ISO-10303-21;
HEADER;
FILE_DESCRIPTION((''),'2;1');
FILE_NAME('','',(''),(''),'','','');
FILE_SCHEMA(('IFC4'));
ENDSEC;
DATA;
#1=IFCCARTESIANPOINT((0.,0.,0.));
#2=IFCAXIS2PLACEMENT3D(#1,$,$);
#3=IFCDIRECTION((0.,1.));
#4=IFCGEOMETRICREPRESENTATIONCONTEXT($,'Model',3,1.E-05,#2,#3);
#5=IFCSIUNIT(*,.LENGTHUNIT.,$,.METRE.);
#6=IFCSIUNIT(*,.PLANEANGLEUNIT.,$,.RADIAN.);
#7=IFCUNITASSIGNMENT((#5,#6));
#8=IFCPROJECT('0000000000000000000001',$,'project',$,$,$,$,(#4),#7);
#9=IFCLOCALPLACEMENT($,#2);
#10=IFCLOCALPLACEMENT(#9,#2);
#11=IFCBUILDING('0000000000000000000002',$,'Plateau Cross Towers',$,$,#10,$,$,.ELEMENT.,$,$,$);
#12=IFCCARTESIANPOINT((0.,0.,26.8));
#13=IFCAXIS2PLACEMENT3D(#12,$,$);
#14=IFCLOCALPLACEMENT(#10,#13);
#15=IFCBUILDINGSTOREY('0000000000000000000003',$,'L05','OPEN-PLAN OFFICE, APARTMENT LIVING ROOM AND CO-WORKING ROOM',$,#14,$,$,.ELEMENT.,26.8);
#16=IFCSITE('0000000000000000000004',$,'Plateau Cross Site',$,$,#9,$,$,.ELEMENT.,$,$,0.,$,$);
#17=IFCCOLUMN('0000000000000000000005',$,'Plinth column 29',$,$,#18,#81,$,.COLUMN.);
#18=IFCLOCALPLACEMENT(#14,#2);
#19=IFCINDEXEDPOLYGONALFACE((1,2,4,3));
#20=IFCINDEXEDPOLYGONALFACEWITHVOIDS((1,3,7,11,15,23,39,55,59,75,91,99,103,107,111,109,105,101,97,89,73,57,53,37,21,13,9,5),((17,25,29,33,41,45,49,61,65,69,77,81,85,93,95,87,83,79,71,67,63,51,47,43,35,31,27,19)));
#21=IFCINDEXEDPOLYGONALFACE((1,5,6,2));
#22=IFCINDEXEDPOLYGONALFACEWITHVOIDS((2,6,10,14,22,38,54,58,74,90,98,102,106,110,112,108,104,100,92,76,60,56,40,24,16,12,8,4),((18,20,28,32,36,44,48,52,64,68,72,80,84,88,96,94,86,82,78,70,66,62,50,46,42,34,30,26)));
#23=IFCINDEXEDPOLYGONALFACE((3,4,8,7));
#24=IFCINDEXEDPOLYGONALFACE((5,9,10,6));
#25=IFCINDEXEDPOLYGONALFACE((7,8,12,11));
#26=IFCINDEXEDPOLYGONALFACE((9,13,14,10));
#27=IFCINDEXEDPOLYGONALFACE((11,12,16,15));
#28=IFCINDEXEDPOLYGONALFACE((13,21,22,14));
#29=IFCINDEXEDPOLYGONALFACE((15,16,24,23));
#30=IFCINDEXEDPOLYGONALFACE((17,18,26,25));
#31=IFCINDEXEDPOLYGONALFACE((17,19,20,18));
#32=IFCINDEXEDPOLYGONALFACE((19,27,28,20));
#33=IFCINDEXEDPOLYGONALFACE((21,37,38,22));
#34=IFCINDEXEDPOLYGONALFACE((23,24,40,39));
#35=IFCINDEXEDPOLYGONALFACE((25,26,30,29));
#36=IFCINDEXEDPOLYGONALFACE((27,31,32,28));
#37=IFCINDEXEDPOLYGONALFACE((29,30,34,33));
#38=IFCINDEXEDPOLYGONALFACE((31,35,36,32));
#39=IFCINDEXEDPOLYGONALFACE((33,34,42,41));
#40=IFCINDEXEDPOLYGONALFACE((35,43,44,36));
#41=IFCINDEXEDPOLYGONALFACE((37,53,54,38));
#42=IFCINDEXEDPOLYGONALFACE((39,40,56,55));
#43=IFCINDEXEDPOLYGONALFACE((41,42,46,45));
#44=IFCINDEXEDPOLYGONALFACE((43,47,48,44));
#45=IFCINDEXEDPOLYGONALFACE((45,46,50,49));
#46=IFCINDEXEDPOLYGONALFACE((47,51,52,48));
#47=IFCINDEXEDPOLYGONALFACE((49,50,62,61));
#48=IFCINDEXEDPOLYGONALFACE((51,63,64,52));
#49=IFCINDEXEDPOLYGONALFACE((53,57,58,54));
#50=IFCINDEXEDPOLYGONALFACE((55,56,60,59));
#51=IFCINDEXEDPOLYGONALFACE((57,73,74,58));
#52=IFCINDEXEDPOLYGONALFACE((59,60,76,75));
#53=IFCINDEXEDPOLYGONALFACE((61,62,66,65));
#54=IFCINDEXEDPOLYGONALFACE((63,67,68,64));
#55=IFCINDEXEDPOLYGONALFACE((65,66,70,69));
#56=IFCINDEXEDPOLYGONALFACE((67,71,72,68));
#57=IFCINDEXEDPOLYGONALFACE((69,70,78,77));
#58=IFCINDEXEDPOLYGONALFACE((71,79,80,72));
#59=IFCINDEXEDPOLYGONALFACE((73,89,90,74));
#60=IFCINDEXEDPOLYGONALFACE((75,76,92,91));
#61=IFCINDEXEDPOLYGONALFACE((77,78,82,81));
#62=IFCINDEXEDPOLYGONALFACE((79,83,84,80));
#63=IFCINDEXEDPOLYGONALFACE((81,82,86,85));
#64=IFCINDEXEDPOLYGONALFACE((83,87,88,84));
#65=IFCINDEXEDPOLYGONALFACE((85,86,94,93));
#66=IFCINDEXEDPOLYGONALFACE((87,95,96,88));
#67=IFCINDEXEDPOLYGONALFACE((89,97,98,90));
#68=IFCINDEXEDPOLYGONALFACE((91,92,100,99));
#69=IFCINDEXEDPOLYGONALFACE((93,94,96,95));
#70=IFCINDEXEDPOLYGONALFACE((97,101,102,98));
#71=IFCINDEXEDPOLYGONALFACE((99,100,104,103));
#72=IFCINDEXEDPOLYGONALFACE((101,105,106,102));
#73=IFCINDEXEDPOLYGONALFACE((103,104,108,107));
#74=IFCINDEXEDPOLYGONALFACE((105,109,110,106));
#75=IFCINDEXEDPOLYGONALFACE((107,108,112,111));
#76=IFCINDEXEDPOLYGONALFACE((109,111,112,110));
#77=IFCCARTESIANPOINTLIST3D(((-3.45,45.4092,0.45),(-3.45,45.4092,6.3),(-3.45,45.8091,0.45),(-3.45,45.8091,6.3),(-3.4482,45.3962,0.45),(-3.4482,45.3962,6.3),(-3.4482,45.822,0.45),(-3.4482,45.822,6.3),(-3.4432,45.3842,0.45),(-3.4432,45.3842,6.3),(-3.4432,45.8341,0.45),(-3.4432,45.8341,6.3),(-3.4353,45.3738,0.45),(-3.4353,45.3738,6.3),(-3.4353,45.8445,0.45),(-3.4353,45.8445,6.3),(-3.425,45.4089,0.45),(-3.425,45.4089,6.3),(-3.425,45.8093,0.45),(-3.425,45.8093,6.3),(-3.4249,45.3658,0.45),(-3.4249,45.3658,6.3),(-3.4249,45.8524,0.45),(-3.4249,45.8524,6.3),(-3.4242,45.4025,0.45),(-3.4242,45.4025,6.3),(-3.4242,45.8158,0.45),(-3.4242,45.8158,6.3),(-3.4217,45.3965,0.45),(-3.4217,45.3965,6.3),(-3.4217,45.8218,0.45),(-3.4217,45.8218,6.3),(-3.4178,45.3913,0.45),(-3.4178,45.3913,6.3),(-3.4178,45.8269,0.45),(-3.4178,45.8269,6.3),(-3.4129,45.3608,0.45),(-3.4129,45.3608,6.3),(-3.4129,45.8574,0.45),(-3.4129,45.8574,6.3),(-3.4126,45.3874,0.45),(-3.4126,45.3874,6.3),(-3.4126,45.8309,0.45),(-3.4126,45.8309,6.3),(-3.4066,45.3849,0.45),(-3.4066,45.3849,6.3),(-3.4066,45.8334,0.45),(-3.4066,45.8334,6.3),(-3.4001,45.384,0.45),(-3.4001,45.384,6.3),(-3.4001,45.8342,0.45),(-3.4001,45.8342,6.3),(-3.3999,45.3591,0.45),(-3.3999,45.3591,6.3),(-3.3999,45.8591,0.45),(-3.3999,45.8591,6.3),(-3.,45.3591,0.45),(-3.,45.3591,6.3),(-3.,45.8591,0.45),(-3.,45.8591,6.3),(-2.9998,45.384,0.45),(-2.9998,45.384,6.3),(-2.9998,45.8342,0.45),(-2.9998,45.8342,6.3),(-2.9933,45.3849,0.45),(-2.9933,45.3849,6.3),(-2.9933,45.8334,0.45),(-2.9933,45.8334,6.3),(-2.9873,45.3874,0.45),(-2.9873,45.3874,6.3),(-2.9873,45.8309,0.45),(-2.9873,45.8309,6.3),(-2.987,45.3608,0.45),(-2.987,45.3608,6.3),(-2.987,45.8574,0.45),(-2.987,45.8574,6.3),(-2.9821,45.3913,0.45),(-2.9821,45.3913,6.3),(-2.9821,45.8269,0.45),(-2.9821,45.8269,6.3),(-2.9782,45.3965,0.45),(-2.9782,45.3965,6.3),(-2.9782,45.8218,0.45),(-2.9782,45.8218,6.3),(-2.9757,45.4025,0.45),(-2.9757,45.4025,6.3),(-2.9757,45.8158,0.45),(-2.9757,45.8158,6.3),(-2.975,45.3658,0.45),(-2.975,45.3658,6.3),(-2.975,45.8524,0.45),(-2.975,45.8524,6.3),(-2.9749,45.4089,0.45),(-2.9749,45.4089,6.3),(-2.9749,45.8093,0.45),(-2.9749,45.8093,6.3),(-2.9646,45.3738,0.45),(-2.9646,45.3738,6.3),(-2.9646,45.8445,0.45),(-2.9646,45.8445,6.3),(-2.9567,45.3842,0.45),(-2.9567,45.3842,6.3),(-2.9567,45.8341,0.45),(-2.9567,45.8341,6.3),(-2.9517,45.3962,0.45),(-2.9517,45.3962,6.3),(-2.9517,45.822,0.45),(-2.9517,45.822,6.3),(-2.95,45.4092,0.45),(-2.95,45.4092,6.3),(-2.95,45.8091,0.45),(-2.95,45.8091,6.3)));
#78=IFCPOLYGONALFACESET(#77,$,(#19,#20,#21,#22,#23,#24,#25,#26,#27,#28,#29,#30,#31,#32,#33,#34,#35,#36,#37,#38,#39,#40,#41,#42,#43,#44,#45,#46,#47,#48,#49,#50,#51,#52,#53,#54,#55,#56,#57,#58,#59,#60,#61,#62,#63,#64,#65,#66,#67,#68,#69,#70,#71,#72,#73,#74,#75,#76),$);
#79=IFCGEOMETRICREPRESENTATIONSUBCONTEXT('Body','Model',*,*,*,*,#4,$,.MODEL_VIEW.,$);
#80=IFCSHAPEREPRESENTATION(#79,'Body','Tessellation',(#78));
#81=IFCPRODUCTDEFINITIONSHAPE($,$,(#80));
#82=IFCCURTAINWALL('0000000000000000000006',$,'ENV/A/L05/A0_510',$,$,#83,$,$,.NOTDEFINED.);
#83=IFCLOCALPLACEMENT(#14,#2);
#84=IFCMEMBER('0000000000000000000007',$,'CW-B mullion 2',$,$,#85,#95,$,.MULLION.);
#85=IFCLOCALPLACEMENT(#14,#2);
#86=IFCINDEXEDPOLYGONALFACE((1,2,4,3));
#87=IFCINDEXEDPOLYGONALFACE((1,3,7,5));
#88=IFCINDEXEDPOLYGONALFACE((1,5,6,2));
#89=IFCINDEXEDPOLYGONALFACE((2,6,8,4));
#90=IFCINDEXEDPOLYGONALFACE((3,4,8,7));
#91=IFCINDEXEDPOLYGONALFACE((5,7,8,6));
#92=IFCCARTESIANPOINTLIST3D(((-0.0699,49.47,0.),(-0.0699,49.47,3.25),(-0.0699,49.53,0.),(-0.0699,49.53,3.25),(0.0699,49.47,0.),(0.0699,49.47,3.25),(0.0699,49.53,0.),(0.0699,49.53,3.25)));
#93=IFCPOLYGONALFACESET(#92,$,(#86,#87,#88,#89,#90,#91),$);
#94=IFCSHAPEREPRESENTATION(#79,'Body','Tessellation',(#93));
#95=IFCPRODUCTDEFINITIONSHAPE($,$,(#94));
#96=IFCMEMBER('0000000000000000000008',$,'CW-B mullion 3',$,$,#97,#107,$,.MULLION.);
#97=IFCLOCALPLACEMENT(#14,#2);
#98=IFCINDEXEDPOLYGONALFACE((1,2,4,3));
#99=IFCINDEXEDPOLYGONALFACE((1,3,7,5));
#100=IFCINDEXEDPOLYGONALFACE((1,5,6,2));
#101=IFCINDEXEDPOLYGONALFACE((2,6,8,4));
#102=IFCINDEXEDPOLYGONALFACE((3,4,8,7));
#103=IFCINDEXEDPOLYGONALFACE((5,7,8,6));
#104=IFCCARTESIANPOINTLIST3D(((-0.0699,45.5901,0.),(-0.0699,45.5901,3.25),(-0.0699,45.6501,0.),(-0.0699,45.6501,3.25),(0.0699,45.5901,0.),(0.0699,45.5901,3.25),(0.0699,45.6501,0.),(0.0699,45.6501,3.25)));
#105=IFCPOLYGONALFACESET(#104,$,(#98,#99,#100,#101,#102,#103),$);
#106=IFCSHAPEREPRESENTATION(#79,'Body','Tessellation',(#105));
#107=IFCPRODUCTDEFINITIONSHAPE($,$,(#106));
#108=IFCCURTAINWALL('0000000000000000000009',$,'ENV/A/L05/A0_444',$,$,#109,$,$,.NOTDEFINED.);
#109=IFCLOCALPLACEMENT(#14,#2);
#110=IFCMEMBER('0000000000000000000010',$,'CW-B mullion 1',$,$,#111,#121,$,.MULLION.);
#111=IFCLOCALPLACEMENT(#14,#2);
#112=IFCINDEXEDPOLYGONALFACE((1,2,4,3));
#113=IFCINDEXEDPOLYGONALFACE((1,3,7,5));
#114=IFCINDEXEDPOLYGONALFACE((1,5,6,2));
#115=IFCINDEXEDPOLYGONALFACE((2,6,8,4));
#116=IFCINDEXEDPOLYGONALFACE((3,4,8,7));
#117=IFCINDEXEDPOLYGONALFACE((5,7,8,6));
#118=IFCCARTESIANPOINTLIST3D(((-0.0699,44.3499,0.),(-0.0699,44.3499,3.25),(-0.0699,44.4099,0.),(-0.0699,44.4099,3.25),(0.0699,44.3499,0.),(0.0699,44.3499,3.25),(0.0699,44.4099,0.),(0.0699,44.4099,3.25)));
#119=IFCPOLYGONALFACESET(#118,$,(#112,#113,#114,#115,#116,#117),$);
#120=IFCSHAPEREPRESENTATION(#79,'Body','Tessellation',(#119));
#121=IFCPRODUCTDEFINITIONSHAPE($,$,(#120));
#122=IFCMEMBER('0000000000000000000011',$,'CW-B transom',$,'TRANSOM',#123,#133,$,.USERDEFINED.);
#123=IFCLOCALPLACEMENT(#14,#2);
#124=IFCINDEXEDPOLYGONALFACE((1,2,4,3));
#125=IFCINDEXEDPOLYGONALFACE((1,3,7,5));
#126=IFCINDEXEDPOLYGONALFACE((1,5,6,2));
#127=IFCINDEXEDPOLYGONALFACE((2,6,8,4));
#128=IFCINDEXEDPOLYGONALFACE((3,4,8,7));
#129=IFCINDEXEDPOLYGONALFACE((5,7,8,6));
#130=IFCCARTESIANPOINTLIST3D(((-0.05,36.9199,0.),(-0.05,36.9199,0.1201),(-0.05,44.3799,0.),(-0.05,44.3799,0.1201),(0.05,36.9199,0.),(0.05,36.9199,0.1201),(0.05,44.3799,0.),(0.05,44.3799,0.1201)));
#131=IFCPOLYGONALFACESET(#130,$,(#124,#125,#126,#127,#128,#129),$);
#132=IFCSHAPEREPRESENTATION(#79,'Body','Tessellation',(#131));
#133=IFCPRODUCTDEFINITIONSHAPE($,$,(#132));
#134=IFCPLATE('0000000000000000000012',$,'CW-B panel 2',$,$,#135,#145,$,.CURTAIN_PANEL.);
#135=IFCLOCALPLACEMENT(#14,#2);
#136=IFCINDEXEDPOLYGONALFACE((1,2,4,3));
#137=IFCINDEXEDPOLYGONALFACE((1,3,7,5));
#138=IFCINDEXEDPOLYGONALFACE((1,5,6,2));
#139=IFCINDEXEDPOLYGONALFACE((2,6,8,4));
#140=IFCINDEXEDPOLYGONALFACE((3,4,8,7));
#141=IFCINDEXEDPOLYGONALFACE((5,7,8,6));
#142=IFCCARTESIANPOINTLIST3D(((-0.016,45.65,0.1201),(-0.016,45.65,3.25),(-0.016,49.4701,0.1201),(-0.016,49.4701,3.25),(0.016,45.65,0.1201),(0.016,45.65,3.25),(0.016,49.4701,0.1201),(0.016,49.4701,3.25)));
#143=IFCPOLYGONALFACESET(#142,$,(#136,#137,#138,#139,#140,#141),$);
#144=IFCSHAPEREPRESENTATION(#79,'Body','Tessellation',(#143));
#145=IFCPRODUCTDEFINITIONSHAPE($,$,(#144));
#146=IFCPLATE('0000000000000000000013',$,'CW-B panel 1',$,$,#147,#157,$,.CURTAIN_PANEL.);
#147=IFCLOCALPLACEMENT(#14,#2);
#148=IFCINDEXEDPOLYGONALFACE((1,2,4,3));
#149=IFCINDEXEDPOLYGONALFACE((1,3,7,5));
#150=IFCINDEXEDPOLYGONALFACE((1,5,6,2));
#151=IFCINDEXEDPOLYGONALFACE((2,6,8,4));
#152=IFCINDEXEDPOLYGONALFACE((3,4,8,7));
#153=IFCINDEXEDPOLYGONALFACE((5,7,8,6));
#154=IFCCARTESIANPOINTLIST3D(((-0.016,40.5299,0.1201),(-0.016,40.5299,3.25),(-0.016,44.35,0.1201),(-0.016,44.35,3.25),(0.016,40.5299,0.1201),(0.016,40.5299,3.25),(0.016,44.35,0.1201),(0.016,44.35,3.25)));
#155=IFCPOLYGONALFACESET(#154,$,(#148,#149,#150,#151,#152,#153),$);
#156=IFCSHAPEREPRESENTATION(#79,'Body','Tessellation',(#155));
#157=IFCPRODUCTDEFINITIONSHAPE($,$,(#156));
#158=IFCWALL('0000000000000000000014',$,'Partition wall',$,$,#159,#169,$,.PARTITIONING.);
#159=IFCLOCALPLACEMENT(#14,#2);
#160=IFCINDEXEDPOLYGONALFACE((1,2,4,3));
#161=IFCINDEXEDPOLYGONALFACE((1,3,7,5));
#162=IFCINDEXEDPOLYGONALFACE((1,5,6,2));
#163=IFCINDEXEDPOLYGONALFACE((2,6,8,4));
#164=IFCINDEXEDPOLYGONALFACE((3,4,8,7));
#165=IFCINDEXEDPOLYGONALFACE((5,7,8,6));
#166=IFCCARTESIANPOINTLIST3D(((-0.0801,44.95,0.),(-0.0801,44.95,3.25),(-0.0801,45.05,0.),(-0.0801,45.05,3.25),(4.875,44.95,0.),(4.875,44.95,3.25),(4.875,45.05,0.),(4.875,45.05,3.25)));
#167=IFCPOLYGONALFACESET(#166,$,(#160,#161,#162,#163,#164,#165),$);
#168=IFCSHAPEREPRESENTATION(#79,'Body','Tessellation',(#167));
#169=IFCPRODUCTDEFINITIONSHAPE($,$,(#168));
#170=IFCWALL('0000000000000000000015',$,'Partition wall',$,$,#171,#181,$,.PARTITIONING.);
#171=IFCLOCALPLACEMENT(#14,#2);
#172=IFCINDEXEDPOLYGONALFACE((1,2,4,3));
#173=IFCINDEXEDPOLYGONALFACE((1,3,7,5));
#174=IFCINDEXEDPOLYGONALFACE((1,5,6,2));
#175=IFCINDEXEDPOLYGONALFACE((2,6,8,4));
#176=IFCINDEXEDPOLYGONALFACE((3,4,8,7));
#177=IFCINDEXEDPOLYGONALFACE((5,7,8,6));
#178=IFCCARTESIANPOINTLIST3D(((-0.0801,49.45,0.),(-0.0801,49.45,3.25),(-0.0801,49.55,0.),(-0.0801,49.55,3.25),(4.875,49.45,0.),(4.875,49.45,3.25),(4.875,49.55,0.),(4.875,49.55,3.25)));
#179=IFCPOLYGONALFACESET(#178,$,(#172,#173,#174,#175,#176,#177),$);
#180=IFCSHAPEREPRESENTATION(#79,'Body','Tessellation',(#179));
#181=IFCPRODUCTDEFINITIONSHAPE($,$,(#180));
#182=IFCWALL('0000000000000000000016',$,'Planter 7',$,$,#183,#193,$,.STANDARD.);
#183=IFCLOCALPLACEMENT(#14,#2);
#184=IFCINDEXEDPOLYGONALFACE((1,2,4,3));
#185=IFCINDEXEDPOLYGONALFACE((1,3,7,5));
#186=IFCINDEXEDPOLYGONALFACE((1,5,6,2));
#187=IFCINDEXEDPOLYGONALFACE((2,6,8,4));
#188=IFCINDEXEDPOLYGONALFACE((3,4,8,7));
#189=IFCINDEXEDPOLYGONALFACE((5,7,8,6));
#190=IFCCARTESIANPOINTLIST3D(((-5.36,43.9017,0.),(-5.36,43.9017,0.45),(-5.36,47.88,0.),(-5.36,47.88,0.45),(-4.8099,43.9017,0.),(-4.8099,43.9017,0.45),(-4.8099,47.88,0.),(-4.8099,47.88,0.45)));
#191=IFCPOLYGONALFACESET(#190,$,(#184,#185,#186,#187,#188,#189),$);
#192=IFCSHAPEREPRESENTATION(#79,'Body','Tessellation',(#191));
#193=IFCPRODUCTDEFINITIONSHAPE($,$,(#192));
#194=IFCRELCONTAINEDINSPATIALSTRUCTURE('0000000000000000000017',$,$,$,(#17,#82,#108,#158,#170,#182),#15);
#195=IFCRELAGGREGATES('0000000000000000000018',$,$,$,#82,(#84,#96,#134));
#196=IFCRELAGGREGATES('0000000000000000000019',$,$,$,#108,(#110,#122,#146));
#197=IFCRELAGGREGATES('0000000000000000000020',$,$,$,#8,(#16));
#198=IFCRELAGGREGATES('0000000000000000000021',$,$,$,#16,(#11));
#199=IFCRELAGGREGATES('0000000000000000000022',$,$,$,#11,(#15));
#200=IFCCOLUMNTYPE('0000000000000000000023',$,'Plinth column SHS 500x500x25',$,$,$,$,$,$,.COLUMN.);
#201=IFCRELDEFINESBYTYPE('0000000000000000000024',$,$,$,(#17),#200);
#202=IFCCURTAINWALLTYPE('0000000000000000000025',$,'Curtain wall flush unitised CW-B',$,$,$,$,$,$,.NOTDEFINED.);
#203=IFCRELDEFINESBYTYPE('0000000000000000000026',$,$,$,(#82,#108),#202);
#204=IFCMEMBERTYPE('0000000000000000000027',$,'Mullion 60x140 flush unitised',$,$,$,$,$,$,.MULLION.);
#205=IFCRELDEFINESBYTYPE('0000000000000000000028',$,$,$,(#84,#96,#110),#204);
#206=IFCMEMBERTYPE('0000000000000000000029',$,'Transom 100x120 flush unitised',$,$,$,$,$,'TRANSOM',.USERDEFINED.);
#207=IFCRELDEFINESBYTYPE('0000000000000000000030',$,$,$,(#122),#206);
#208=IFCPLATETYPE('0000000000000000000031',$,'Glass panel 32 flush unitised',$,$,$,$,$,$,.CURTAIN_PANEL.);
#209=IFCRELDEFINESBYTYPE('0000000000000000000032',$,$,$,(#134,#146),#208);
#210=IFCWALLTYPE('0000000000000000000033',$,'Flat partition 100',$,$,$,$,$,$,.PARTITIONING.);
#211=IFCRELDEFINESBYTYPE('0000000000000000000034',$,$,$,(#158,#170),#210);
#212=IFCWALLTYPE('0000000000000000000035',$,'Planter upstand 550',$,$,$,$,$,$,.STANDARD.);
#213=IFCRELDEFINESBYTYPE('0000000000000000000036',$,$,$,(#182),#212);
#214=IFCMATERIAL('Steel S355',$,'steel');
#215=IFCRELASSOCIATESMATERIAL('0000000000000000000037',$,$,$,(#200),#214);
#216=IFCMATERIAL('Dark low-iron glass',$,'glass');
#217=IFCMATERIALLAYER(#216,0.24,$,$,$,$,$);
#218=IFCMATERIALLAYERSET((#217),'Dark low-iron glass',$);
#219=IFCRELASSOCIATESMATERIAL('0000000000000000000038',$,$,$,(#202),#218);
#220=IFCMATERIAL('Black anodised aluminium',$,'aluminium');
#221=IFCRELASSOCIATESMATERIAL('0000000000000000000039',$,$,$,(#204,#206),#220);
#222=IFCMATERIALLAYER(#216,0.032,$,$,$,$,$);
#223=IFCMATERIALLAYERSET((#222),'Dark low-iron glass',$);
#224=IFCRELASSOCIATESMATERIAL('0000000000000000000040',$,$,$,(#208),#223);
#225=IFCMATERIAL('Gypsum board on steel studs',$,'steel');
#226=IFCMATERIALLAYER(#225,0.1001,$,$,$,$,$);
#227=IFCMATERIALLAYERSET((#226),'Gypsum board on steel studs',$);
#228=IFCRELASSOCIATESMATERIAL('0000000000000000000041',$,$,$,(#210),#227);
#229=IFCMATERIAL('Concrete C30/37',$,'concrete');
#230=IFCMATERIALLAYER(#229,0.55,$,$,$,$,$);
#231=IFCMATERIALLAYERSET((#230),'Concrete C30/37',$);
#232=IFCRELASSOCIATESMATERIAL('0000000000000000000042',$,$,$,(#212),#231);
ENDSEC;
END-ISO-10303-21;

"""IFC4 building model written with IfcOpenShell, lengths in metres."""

from ifc_helpers import new_model, si_unit, direction, frame, frame_2d, origin, origin_2d, place, context, subcontext, project, spatial, rectangle, hollow_rectangle, extrude, material, layer, layer_set, material_profile, profile_set, type_object, element, aggregate, save


model = new_model("IFC4")

# Units and contexts
model_context = context("Model", 3, precision=1e-05, world=origin(), true_north=direction((0.0, 1.0)))
body_context = subcontext(model_context, "Body", "Model", "MODEL_VIEW")
ifc_project = project(units=[si_unit("LENGTHUNIT", "METRE"), si_unit("PLANEANGLEUNIT", "RADIAN")], contexts=[model_context])

# Site, building, storey
site_placement = place(None, origin())
site = spatial("IfcSite", under=ifc_project, at=site_placement, Name="Plateau Cross Site", CompositionType="ELEMENT", RefElevation=0.0)
building_placement = place(site_placement, origin())
building = spatial("IfcBuilding", under=site, at=building_placement, Name="Plateau Cross Towers", CompositionType="ELEMENT")
storey_placement = place(building_placement, frame((0.0, 0.0, 26.8)))
storey = spatial("IfcBuildingStorey", under=building, at=storey_placement, Name="L05", Description="OPEN-PLAN OFFICE, APARTMENT LIVING ROOM AND CO-WORKING ROOM", CompositionType="ELEMENT", Elevation=26.8)

# Column
ifc_material_1 = material(Name="Steel S355", Category="steel")
ifc_material_profile_1 = material_profile(ifc_material_1, hollow_rectangle(XDim=0.5, YDim=0.5, WallThickness=0.0249, InnerFilletRadius=0.0249, OuterFilletRadius=0.05, at=origin_2d()), Name="SHS 500x500x25")
ifc_profile_set_1 = profile_set([ifc_material_profile_1], Name="Steel S355")
column_type = type_object("IfcColumnType", Name="Plinth column SHS 500x500x25", PredefinedType="COLUMN", material=ifc_profile_set_1)
column_placement = place(storey_placement, frame((-3.2, 45.6091, 0.45), z_axis=(0.0, 0.0, 1.0), x_axis=(1.0, 0.0, 0.0)))
element("IfcColumn", 1, at=column_placement, inside=storey, type_object=column_type, Name="Plinth column 29", PredefinedType="COLUMN", context=body_context, shape_type="SweptSolid", body=[
    extrude(hollow_rectangle(XDim=0.5, YDim=0.5, WallThickness=0.0249, InnerFilletRadius=0.0249, OuterFilletRadius=0.05, at=origin_2d()), origin(), (0.0, 0.0, 1.0), 5.8501),
])

# Curtain walls, members
ifc_material_2 = material(Name="Dark low-iron glass", Category="glass")
ifc_layer_1 = layer(ifc_material_2, 0.24)
ifc_layer_set_1 = layer_set([ifc_layer_1], Name="Dark low-iron glass")
curtain_wall_type = type_object("IfcCurtainWallType", Name="Curtain wall flush unitised CW-B", PredefinedType="NOTDEFINED", material=ifc_layer_set_1)
curtain_wall_1_placement = place(storey_placement, origin())
curtain_wall_1 = element("IfcCurtainWall", 2, at=curtain_wall_1_placement, inside=storey, type_object=curtain_wall_type, Name="ENV/A/L05/A0_510", PredefinedType="NOTDEFINED")
ifc_material_3 = material(Name="Black anodised aluminium", Category="aluminium")
ifc_material_profile_2 = material_profile(ifc_material_3, rectangle(XDim=0.0601, YDim=0.1399, at=origin_2d()), Name="MULLION 60x140")
ifc_profile_set_2 = profile_set([ifc_material_profile_2], Name="Black anodised aluminium")
member_type_1 = type_object("IfcMemberType", Name="Mullion 60x140 flush unitised", PredefinedType="MULLION", material=ifc_profile_set_2)
member_1_placement = place(storey_placement, frame((0.0, 49.5, 0.0), z_axis=(0.0, 0.0, 1.0), x_axis=(0.0, -1.0, 0.0)))
member_1 = element("IfcMember", 3, at=member_1_placement, type_object=member_type_1, Name="CW-B mullion 2", PredefinedType="MULLION", context=body_context, shape_type="SweptSolid", body=[
    extrude(rectangle(XDim=0.0601, YDim=0.1399, at=origin_2d()), origin(), (0.0, 0.0, 1.0), 3.25),
])
member_2_placement = place(storey_placement, frame((0.0, 45.6201, 0.0), z_axis=(0.0, 0.0, 1.0), x_axis=(0.0, -1.0, 0.0)))
member_2 = element("IfcMember", 4, at=member_2_placement, type_object=member_type_1, Name="CW-B mullion 3", PredefinedType="MULLION", context=body_context, shape_type="SweptSolid", body=[
    extrude(rectangle(XDim=0.0601, YDim=0.1399, at=origin_2d()), origin(), (0.0, 0.0, 1.0), 3.25),
])
curtain_wall_2_placement = place(storey_placement, origin())
curtain_wall_2 = element("IfcCurtainWall", 5, at=curtain_wall_2_placement, inside=storey, type_object=curtain_wall_type, Name="ENV/A/L05/A0_444", PredefinedType="NOTDEFINED")
member_3_placement = place(storey_placement, frame((0.0, 44.3799, 0.0), z_axis=(0.0, 0.0, 1.0), x_axis=(0.0, -1.0, 0.0)))
member_3 = element("IfcMember", 6, at=member_3_placement, type_object=member_type_1, Name="CW-B mullion 1", PredefinedType="MULLION", context=body_context, shape_type="SweptSolid", body=[
    extrude(rectangle(XDim=0.0601, YDim=0.1399, at=origin_2d()), origin(), (0.0, 0.0, 1.0), 3.25),
])
ifc_material_profile_3 = material_profile(ifc_material_3, rectangle(XDim=0.1001, YDim=0.1201, at=origin_2d()), Name="TRANSOM 100x120")
ifc_profile_set_3 = profile_set([ifc_material_profile_3], Name="Black anodised aluminium")
member_type_2 = type_object("IfcMemberType", Name="Transom 100x120 flush unitised", ElementType="TRANSOM", PredefinedType="USERDEFINED", material=ifc_profile_set_3)
member_4_placement = place(storey_placement, frame((0.0, 44.3799, 0.0601), z_axis=(0.0, -1.0, 0.0), x_axis=(1.0, 0.0, 0.0)))
member_4 = element("IfcMember", 7, at=member_4_placement, type_object=member_type_2, Name="CW-B transom", ObjectType="TRANSOM", PredefinedType="USERDEFINED", context=body_context, shape_type="SweptSolid", body=[
    extrude(rectangle(XDim=0.1001, YDim=0.1201, at=origin_2d()), origin(), (0.0, 0.0, 1.0), 7.46),
])

# Plates
ifc_layer_2 = layer(ifc_material_2, 0.032)
ifc_layer_set_2 = layer_set([ifc_layer_2], Name="Dark low-iron glass")
plate_type = type_object("IfcPlateType", Name="Glass panel 32 flush unitised", PredefinedType="CURTAIN_PANEL", material=ifc_layer_set_2)
plate_1_placement = place(storey_placement, frame((0.0, 47.5601, 0.1201), z_axis=(0.0, 0.0, 1.0), x_axis=(0.0, -1.0, 0.0)))
plate_1 = element("IfcPlate", 8, at=plate_1_placement, type_object=plate_type, Name="CW-B panel 2", PredefinedType="CURTAIN_PANEL", context=body_context, shape_type="SweptSolid", body=[
    extrude(rectangle(XDim=3.8201, YDim=0.032, at=origin_2d()), origin(), (0.0, 0.0, 1.0), 3.1299),
])
aggregate(curtain_wall_1, [member_1, member_2, plate_1])
plate_2_placement = place(storey_placement, frame((0.0, 42.4399, 0.1201), z_axis=(0.0, 0.0, 1.0), x_axis=(0.0, -1.0, 0.0)))
plate_2 = element("IfcPlate", 9, at=plate_2_placement, type_object=plate_type, Name="CW-B panel 1", PredefinedType="CURTAIN_PANEL", context=body_context, shape_type="SweptSolid", body=[
    extrude(rectangle(XDim=3.8201, YDim=0.032, at=origin_2d()), origin(), (0.0, 0.0, 1.0), 3.1299),
])
aggregate(curtain_wall_2, [member_3, member_4, plate_2])

# Walls
ifc_material_4 = material(Name="Gypsum board on steel studs", Category="steel")
ifc_layer_3 = layer(ifc_material_4, 0.1001)
ifc_layer_set_3 = layer_set([ifc_layer_3], Name="Gypsum board on steel studs")
wall_type_1 = type_object("IfcWallType", Name="Flat partition 100", PredefinedType="PARTITIONING", material=ifc_layer_set_3)
for number, where, z_axis, x_axis, name in (
    (10, (4.875, 45.0, 0.0), (0.0, 0.0, 1.0), (-1.0, 0.0, 0.0), "Partition wall"),
    (11, (4.875, 49.5, 0.0), (0.0, 0.0, 1.0), (-1.0, 0.0, 0.0), "Partition wall"),
):
    element("IfcWall", number, at=place(storey_placement, frame(where, z_axis=z_axis, x_axis=x_axis)), inside=storey, type_object=wall_type_1, Name=name, PredefinedType="PARTITIONING", context=body_context, shape_type="SweptSolid", body=[
        extrude(rectangle(XDim=4.9551, YDim=0.1001, at=frame_2d((2.4775, 0.0))), origin(), (0.0, 0.0, 1.0), 3.25),
    ])
ifc_material_5 = material(Name="Concrete C30/37", Category="concrete")
ifc_layer_4 = layer(ifc_material_5, 0.55)
ifc_layer_set_4 = layer_set([ifc_layer_4], Name="Concrete C30/37")
wall_type_2 = type_object("IfcWallType", Name="Planter upstand 550", PredefinedType="STANDARD", material=ifc_layer_set_4)
wall_1_placement = place(storey_placement, frame((-5.085, 43.9016, 0.0), z_axis=(0.0, 0.0, 1.0), x_axis=(0.0, 1.0, 0.0)))
element("IfcWall", 12, at=wall_1_placement, inside=storey, type_object=wall_type_2, Name="Planter 7", PredefinedType="STANDARD", context=body_context, shape_type="SweptSolid", body=[
    extrude(rectangle(XDim=3.9783, YDim=0.55, at=frame_2d((1.9893, 0.0))), origin(), (0.0, 0.0, 1.0), 0.45),
])

save(model, "model.ifc")
